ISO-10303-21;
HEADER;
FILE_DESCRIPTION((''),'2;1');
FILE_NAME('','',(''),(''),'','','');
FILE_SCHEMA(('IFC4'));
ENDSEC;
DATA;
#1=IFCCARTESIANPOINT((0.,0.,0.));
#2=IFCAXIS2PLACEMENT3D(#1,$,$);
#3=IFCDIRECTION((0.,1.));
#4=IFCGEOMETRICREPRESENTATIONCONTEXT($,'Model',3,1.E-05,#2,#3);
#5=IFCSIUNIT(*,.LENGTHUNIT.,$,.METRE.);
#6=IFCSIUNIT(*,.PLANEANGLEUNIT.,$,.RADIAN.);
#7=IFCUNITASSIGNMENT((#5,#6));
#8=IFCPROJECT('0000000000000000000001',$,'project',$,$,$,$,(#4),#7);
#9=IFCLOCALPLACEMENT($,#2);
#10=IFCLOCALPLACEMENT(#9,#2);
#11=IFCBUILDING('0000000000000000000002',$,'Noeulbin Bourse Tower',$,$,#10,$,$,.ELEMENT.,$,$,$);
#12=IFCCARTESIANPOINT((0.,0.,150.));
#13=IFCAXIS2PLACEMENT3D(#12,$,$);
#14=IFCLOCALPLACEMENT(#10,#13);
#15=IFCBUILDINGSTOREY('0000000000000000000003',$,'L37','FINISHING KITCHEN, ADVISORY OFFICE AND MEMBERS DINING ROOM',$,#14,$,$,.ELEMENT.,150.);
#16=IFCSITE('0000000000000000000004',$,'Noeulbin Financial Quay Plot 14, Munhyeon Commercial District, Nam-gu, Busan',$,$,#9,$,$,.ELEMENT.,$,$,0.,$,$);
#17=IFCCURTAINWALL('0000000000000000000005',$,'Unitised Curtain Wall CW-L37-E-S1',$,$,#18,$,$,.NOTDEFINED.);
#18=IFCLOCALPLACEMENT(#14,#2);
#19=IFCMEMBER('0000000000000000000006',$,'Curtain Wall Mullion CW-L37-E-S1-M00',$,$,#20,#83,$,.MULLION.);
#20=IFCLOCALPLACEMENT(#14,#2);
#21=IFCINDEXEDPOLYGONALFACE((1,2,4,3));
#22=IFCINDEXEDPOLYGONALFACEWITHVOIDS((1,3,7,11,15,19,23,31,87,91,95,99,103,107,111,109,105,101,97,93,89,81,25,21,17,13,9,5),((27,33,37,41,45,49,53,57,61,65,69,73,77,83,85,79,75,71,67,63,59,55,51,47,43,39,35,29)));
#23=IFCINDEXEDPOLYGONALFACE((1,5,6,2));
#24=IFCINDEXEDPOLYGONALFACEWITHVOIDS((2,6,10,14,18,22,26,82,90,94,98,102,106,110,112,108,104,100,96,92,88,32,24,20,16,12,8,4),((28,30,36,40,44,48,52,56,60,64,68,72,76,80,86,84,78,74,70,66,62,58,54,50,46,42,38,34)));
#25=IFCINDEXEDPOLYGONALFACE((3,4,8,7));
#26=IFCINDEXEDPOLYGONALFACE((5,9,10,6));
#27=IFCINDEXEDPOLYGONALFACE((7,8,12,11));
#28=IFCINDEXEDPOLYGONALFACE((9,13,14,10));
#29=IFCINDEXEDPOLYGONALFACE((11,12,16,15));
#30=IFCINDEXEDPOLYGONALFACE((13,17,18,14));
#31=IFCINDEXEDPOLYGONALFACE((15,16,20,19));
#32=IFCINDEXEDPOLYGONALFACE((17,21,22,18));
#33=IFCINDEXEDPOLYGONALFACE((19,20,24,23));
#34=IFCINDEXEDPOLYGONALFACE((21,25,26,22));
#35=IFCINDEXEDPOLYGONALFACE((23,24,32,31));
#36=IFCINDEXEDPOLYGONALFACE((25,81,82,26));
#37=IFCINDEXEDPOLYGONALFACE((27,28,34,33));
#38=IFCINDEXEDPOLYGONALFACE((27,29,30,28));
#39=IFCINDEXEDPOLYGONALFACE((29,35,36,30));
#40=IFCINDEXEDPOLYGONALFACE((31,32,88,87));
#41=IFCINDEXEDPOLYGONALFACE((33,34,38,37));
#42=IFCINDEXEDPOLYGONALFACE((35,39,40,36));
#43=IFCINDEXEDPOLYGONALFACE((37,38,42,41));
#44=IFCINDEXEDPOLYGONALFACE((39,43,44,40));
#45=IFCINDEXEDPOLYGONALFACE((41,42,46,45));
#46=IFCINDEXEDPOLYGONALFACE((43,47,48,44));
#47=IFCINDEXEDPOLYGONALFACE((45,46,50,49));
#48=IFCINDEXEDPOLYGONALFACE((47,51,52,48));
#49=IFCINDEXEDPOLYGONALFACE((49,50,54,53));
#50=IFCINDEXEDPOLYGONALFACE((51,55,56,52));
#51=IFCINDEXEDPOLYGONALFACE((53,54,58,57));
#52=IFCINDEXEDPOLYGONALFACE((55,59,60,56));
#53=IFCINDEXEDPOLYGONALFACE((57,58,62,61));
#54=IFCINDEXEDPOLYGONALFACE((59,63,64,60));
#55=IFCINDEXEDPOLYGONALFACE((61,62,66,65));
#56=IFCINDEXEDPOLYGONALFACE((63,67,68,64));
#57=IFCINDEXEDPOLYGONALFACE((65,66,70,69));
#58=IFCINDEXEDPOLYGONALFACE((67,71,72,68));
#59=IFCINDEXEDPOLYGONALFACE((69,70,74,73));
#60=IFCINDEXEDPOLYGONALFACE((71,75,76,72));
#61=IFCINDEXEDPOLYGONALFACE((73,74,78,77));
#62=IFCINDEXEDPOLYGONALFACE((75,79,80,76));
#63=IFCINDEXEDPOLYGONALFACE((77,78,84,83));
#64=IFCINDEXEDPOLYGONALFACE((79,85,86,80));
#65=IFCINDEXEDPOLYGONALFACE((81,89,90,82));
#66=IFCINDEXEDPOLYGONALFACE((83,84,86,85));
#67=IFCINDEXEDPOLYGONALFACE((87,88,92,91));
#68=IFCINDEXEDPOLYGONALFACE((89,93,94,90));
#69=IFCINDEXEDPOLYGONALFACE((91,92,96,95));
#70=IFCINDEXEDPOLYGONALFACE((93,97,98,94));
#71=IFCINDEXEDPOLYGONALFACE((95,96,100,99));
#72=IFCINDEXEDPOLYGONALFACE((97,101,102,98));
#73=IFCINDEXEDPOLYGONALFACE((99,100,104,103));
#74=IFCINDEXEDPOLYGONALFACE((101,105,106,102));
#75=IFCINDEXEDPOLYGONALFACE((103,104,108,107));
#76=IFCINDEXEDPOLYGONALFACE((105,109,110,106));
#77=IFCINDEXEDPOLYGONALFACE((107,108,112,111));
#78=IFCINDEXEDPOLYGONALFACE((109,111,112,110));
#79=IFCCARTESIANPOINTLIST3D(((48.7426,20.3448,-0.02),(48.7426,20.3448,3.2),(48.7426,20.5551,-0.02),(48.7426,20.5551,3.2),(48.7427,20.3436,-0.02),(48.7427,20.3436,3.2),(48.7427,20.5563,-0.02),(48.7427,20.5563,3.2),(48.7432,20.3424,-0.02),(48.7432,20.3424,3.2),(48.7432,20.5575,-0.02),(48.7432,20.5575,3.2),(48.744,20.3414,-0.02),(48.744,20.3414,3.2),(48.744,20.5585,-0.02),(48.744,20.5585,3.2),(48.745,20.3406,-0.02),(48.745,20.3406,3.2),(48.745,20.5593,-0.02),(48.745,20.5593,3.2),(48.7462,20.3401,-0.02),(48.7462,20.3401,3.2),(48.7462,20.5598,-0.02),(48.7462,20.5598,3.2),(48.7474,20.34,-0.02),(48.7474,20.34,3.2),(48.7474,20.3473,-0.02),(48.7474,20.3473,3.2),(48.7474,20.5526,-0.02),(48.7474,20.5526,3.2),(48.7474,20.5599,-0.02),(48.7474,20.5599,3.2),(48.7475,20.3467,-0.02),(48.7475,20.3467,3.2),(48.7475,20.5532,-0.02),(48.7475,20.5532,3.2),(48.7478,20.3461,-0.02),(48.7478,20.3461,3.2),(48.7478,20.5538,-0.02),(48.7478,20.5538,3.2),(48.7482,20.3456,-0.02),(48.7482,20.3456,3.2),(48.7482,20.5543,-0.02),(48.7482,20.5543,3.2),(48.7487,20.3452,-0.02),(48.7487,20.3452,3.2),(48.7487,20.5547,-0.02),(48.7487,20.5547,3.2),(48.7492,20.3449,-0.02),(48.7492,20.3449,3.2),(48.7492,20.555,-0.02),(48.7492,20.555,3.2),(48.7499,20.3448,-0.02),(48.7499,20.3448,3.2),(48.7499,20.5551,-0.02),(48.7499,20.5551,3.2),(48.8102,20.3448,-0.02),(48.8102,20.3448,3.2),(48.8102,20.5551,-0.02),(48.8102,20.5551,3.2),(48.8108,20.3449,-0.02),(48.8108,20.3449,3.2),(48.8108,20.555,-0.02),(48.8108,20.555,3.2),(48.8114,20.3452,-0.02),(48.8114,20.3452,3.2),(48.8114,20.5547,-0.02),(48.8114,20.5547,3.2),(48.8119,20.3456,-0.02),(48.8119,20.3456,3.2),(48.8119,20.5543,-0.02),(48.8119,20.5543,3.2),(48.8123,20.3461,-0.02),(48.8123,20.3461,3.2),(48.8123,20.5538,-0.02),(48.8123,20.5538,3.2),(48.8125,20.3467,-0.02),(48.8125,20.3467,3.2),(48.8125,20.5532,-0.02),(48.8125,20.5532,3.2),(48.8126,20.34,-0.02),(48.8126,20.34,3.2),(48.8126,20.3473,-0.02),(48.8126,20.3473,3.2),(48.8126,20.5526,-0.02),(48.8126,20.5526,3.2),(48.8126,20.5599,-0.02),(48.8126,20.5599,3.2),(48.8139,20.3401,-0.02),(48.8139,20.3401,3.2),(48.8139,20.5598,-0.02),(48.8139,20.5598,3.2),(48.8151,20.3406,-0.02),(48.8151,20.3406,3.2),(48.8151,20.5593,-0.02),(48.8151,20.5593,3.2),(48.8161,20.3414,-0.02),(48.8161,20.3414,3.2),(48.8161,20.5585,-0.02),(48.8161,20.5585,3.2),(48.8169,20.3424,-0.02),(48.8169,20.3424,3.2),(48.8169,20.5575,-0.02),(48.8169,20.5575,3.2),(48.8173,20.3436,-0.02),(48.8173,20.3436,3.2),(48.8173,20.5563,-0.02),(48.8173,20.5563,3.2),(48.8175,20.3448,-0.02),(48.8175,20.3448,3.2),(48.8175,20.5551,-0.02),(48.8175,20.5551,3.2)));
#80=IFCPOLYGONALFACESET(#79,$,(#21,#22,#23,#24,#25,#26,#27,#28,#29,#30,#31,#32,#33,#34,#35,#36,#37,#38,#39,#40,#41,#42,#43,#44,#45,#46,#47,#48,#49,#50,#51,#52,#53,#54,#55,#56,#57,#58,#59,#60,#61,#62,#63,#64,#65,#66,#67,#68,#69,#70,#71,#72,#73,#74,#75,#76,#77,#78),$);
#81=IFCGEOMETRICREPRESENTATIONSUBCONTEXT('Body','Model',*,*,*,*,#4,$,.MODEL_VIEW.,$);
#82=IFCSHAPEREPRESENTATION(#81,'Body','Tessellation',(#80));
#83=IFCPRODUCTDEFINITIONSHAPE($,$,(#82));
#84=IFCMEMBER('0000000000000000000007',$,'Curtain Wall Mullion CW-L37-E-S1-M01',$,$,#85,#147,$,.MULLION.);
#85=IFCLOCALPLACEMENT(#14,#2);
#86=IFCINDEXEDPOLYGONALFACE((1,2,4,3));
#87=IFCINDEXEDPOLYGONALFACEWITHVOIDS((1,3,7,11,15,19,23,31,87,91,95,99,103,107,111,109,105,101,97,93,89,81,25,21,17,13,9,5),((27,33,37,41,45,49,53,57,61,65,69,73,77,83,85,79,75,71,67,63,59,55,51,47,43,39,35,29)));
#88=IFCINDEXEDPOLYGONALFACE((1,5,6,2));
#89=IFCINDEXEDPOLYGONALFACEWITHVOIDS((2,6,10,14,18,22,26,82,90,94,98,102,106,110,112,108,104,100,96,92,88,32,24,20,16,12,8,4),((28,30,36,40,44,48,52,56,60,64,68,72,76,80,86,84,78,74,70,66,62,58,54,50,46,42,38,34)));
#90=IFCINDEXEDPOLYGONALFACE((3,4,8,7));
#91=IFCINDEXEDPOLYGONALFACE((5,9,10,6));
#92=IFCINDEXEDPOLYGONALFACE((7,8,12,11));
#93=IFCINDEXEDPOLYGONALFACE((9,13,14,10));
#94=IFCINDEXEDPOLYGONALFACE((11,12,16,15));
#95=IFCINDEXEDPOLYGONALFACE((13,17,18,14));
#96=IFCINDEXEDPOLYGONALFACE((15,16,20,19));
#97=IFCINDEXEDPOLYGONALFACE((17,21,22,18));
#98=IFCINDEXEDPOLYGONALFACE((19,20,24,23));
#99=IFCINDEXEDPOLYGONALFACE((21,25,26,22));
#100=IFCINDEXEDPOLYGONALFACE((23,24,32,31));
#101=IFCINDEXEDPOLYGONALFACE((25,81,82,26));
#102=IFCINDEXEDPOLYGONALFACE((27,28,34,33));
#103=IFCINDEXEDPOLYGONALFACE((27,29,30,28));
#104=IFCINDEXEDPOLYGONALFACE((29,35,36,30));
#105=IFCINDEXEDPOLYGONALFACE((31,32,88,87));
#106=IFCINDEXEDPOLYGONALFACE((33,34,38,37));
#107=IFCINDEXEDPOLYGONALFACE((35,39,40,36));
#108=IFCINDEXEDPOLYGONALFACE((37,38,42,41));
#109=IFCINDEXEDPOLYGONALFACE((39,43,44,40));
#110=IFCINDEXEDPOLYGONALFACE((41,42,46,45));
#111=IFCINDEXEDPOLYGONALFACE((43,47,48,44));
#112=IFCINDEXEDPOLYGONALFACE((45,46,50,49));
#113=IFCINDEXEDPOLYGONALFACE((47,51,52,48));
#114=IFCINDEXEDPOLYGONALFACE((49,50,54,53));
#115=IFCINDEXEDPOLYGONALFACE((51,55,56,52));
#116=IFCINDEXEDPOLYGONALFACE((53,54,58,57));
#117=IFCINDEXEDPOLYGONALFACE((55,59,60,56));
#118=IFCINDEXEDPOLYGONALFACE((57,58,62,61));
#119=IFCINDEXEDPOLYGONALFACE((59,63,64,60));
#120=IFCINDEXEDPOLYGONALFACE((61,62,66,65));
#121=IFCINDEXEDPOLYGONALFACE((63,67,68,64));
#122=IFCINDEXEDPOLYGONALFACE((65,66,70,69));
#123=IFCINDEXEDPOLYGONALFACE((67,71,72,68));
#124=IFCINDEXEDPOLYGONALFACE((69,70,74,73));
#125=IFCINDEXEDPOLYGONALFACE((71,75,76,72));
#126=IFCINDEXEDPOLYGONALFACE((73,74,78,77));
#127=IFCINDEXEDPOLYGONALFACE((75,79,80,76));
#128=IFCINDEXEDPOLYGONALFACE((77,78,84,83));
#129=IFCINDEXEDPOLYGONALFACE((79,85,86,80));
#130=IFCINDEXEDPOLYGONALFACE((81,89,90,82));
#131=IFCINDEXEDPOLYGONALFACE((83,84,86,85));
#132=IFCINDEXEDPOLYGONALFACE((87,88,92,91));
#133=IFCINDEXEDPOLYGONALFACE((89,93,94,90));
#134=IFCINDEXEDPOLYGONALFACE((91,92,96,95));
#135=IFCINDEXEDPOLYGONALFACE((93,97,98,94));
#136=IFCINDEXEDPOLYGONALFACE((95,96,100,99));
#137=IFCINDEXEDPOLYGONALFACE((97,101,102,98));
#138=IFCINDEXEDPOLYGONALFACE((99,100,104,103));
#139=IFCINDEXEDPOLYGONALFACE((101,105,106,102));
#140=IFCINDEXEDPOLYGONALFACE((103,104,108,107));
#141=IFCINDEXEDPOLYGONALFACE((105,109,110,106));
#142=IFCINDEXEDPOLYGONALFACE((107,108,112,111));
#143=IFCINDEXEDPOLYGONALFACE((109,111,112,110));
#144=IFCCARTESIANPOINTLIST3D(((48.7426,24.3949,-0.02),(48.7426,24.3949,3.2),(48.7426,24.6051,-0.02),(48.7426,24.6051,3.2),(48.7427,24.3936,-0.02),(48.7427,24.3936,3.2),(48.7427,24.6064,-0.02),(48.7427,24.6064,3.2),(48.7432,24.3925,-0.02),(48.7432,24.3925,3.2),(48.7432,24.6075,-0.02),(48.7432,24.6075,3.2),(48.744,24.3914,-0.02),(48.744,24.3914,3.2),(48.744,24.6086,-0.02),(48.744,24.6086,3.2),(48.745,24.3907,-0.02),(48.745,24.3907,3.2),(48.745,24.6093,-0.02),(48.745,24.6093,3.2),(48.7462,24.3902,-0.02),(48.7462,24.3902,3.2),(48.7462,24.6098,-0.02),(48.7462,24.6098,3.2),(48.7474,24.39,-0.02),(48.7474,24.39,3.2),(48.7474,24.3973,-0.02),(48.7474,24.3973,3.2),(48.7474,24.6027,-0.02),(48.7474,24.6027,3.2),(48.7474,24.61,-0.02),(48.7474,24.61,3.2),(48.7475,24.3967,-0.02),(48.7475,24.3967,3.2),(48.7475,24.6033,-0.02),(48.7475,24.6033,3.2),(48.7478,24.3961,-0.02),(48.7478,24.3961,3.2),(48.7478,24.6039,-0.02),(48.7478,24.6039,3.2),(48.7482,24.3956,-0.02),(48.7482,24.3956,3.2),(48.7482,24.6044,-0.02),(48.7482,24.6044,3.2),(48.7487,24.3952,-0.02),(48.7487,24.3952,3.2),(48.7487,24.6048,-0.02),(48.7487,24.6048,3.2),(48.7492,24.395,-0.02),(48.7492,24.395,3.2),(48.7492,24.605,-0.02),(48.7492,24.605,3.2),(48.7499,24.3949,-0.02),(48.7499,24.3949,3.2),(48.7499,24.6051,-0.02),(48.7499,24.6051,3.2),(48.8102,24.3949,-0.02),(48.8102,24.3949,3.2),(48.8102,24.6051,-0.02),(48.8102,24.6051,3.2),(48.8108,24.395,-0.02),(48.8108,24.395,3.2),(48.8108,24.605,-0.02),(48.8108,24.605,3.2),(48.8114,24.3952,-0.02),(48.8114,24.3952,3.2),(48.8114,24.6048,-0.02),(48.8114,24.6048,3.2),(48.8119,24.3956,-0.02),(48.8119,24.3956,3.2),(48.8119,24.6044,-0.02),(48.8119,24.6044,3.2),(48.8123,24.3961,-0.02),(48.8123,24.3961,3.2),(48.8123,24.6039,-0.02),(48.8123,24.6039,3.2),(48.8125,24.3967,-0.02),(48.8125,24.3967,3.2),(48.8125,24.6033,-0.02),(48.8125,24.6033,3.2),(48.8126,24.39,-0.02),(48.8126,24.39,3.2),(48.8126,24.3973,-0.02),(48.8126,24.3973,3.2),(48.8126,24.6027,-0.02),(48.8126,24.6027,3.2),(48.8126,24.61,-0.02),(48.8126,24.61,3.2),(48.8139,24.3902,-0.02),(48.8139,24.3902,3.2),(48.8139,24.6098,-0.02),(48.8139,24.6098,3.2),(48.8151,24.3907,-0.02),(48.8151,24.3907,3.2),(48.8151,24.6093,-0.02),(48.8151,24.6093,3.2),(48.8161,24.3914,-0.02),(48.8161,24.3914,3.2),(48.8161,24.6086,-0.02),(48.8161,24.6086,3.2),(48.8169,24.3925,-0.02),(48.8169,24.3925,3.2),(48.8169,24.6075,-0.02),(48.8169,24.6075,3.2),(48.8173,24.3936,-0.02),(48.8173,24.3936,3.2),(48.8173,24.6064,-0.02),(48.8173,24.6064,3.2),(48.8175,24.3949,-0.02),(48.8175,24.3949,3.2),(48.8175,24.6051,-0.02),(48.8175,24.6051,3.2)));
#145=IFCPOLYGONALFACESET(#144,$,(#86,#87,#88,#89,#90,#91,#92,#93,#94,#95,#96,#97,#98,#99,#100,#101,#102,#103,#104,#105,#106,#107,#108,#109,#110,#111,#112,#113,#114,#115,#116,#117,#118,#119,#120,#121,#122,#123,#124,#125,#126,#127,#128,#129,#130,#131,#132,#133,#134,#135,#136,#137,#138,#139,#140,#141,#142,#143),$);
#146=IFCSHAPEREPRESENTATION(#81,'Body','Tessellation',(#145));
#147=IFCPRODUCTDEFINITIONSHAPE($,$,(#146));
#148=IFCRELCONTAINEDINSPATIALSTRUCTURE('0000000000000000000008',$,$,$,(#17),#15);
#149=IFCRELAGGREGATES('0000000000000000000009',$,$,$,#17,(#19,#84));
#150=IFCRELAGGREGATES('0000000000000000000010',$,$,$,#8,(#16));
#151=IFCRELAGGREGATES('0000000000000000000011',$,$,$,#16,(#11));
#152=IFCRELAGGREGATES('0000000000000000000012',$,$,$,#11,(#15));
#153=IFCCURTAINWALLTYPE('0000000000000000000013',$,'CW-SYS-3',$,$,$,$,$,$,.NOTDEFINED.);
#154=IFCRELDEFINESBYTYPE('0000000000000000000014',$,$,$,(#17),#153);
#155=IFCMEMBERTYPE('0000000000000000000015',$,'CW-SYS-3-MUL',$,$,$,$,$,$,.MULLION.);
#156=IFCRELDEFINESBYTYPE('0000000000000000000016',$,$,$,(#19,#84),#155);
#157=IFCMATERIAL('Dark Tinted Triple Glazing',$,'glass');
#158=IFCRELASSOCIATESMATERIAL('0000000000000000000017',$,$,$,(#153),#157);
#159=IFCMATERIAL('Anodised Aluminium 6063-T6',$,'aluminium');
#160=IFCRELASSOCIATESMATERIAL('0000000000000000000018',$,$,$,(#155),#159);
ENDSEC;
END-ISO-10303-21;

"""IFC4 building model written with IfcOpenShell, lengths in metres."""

from ifc_helpers import new_model, si_unit, direction, frame, origin, origin_2d, place, context, subcontext, project, spatial, hollow_rectangle, extrude, material, material_profile, profile_set, type_object, element, aggregate, save


model = new_model("IFC4")

# Units and contexts
model_context = context("Model", 3, precision=1e-05, world=origin(), true_north=direction((0.0, 1.0)))
body_context = subcontext(model_context, "Body", "Model", "MODEL_VIEW")
ifc_project = project(units=[si_unit("LENGTHUNIT", "METRE"), si_unit("PLANEANGLEUNIT", "RADIAN")], contexts=[model_context])

# Site, building, storey
site_placement = place(None, origin())
site = spatial("IfcSite", under=ifc_project, at=site_placement, Name="Noeulbin Financial Quay Plot 14, Munhyeon Commercial District, Nam-gu, Busan", CompositionType="ELEMENT", RefElevation=0.0)
building_placement = place(site_placement, origin())
building = spatial("IfcBuilding", under=site, at=building_placement, Name="Noeulbin Bourse Tower", CompositionType="ELEMENT")
storey_placement = place(building_placement, frame((0.0, 0.0, 150.0)))
storey = spatial("IfcBuildingStorey", under=building, at=storey_placement, Name="L37", Description="FINISHING KITCHEN, ADVISORY OFFICE AND MEMBERS DINING ROOM", CompositionType="ELEMENT", Elevation=150.0)

# Curtain wall, members
ifc_material_1 = material(Name="Dark Tinted Triple Glazing", Category="glass")
curtain_wall_type = type_object("IfcCurtainWallType", Name="CW-SYS-3", PredefinedType="NOTDEFINED", material=ifc_material_1)
curtain_wall_placement = place(storey_placement, origin())
curtain_wall = element("IfcCurtainWall", 1, at=curtain_wall_placement, inside=storey, type_object=curtain_wall_type, Name="Unitised Curtain Wall CW-L37-E-S1", PredefinedType="NOTDEFINED")
ifc_material_2 = material(Name="Anodised Aluminium 6063-T6", Category="aluminium")
ifc_material_profile_1 = material_profile(ifc_material_2, hollow_rectangle(XDim=0.075, YDim=0.22, WallThickness=0.0049, InnerFilletRadius=0.0024, OuterFilletRadius=0.0049, at=origin_2d()), Name="ALU-MULL-75x220x5", Category="LoadBearing")
ifc_profile_set_1 = profile_set([ifc_material_profile_1], Name="Anodised Aluminium 6063-T6")
member_type_1 = type_object("IfcMemberType", Name="CW-SYS-3-MUL", PredefinedType="MULLION", material=ifc_profile_set_1)
member_1_placement = place(storey_placement, frame((48.78, 20.45, -0.02), z_axis=(0.0, 0.0, 1.0), x_axis=(1.0, 0.0, 0.0)))
member_1 = element("IfcMember", 2, at=member_1_placement, type_object=member_type_1, Name="Curtain Wall Mullion CW-L37-E-S1-M00", PredefinedType="MULLION", context=body_context, shape_type="SweptSolid", body=[
    extrude(hollow_rectangle(XDim=0.075, YDim=0.22, WallThickness=0.0049, InnerFilletRadius=0.0024, OuterFilletRadius=0.0049, at=origin_2d()), origin(), (0.0, 0.0, 1.0), 3.22),
])
member_2_placement = place(storey_placement, frame((48.78, 24.5, -0.02), z_axis=(0.0, 0.0, 1.0), x_axis=(1.0, 0.0, 0.0)))
member_2 = element("IfcMember", 3, at=member_2_placement, type_object=member_type_1, Name="Curtain Wall Mullion CW-L37-E-S1-M01", PredefinedType="MULLION", context=body_context, shape_type="SweptSolid", body=[
    extrude(hollow_rectangle(XDim=0.075, YDim=0.22, WallThickness=0.0049, InnerFilletRadius=0.0024, OuterFilletRadius=0.0049, at=origin_2d()), origin(), (0.0, 0.0, 1.0), 3.22),
])
aggregate(curtain_wall, [member_1, member_2])

save(model, "model.ifc")
